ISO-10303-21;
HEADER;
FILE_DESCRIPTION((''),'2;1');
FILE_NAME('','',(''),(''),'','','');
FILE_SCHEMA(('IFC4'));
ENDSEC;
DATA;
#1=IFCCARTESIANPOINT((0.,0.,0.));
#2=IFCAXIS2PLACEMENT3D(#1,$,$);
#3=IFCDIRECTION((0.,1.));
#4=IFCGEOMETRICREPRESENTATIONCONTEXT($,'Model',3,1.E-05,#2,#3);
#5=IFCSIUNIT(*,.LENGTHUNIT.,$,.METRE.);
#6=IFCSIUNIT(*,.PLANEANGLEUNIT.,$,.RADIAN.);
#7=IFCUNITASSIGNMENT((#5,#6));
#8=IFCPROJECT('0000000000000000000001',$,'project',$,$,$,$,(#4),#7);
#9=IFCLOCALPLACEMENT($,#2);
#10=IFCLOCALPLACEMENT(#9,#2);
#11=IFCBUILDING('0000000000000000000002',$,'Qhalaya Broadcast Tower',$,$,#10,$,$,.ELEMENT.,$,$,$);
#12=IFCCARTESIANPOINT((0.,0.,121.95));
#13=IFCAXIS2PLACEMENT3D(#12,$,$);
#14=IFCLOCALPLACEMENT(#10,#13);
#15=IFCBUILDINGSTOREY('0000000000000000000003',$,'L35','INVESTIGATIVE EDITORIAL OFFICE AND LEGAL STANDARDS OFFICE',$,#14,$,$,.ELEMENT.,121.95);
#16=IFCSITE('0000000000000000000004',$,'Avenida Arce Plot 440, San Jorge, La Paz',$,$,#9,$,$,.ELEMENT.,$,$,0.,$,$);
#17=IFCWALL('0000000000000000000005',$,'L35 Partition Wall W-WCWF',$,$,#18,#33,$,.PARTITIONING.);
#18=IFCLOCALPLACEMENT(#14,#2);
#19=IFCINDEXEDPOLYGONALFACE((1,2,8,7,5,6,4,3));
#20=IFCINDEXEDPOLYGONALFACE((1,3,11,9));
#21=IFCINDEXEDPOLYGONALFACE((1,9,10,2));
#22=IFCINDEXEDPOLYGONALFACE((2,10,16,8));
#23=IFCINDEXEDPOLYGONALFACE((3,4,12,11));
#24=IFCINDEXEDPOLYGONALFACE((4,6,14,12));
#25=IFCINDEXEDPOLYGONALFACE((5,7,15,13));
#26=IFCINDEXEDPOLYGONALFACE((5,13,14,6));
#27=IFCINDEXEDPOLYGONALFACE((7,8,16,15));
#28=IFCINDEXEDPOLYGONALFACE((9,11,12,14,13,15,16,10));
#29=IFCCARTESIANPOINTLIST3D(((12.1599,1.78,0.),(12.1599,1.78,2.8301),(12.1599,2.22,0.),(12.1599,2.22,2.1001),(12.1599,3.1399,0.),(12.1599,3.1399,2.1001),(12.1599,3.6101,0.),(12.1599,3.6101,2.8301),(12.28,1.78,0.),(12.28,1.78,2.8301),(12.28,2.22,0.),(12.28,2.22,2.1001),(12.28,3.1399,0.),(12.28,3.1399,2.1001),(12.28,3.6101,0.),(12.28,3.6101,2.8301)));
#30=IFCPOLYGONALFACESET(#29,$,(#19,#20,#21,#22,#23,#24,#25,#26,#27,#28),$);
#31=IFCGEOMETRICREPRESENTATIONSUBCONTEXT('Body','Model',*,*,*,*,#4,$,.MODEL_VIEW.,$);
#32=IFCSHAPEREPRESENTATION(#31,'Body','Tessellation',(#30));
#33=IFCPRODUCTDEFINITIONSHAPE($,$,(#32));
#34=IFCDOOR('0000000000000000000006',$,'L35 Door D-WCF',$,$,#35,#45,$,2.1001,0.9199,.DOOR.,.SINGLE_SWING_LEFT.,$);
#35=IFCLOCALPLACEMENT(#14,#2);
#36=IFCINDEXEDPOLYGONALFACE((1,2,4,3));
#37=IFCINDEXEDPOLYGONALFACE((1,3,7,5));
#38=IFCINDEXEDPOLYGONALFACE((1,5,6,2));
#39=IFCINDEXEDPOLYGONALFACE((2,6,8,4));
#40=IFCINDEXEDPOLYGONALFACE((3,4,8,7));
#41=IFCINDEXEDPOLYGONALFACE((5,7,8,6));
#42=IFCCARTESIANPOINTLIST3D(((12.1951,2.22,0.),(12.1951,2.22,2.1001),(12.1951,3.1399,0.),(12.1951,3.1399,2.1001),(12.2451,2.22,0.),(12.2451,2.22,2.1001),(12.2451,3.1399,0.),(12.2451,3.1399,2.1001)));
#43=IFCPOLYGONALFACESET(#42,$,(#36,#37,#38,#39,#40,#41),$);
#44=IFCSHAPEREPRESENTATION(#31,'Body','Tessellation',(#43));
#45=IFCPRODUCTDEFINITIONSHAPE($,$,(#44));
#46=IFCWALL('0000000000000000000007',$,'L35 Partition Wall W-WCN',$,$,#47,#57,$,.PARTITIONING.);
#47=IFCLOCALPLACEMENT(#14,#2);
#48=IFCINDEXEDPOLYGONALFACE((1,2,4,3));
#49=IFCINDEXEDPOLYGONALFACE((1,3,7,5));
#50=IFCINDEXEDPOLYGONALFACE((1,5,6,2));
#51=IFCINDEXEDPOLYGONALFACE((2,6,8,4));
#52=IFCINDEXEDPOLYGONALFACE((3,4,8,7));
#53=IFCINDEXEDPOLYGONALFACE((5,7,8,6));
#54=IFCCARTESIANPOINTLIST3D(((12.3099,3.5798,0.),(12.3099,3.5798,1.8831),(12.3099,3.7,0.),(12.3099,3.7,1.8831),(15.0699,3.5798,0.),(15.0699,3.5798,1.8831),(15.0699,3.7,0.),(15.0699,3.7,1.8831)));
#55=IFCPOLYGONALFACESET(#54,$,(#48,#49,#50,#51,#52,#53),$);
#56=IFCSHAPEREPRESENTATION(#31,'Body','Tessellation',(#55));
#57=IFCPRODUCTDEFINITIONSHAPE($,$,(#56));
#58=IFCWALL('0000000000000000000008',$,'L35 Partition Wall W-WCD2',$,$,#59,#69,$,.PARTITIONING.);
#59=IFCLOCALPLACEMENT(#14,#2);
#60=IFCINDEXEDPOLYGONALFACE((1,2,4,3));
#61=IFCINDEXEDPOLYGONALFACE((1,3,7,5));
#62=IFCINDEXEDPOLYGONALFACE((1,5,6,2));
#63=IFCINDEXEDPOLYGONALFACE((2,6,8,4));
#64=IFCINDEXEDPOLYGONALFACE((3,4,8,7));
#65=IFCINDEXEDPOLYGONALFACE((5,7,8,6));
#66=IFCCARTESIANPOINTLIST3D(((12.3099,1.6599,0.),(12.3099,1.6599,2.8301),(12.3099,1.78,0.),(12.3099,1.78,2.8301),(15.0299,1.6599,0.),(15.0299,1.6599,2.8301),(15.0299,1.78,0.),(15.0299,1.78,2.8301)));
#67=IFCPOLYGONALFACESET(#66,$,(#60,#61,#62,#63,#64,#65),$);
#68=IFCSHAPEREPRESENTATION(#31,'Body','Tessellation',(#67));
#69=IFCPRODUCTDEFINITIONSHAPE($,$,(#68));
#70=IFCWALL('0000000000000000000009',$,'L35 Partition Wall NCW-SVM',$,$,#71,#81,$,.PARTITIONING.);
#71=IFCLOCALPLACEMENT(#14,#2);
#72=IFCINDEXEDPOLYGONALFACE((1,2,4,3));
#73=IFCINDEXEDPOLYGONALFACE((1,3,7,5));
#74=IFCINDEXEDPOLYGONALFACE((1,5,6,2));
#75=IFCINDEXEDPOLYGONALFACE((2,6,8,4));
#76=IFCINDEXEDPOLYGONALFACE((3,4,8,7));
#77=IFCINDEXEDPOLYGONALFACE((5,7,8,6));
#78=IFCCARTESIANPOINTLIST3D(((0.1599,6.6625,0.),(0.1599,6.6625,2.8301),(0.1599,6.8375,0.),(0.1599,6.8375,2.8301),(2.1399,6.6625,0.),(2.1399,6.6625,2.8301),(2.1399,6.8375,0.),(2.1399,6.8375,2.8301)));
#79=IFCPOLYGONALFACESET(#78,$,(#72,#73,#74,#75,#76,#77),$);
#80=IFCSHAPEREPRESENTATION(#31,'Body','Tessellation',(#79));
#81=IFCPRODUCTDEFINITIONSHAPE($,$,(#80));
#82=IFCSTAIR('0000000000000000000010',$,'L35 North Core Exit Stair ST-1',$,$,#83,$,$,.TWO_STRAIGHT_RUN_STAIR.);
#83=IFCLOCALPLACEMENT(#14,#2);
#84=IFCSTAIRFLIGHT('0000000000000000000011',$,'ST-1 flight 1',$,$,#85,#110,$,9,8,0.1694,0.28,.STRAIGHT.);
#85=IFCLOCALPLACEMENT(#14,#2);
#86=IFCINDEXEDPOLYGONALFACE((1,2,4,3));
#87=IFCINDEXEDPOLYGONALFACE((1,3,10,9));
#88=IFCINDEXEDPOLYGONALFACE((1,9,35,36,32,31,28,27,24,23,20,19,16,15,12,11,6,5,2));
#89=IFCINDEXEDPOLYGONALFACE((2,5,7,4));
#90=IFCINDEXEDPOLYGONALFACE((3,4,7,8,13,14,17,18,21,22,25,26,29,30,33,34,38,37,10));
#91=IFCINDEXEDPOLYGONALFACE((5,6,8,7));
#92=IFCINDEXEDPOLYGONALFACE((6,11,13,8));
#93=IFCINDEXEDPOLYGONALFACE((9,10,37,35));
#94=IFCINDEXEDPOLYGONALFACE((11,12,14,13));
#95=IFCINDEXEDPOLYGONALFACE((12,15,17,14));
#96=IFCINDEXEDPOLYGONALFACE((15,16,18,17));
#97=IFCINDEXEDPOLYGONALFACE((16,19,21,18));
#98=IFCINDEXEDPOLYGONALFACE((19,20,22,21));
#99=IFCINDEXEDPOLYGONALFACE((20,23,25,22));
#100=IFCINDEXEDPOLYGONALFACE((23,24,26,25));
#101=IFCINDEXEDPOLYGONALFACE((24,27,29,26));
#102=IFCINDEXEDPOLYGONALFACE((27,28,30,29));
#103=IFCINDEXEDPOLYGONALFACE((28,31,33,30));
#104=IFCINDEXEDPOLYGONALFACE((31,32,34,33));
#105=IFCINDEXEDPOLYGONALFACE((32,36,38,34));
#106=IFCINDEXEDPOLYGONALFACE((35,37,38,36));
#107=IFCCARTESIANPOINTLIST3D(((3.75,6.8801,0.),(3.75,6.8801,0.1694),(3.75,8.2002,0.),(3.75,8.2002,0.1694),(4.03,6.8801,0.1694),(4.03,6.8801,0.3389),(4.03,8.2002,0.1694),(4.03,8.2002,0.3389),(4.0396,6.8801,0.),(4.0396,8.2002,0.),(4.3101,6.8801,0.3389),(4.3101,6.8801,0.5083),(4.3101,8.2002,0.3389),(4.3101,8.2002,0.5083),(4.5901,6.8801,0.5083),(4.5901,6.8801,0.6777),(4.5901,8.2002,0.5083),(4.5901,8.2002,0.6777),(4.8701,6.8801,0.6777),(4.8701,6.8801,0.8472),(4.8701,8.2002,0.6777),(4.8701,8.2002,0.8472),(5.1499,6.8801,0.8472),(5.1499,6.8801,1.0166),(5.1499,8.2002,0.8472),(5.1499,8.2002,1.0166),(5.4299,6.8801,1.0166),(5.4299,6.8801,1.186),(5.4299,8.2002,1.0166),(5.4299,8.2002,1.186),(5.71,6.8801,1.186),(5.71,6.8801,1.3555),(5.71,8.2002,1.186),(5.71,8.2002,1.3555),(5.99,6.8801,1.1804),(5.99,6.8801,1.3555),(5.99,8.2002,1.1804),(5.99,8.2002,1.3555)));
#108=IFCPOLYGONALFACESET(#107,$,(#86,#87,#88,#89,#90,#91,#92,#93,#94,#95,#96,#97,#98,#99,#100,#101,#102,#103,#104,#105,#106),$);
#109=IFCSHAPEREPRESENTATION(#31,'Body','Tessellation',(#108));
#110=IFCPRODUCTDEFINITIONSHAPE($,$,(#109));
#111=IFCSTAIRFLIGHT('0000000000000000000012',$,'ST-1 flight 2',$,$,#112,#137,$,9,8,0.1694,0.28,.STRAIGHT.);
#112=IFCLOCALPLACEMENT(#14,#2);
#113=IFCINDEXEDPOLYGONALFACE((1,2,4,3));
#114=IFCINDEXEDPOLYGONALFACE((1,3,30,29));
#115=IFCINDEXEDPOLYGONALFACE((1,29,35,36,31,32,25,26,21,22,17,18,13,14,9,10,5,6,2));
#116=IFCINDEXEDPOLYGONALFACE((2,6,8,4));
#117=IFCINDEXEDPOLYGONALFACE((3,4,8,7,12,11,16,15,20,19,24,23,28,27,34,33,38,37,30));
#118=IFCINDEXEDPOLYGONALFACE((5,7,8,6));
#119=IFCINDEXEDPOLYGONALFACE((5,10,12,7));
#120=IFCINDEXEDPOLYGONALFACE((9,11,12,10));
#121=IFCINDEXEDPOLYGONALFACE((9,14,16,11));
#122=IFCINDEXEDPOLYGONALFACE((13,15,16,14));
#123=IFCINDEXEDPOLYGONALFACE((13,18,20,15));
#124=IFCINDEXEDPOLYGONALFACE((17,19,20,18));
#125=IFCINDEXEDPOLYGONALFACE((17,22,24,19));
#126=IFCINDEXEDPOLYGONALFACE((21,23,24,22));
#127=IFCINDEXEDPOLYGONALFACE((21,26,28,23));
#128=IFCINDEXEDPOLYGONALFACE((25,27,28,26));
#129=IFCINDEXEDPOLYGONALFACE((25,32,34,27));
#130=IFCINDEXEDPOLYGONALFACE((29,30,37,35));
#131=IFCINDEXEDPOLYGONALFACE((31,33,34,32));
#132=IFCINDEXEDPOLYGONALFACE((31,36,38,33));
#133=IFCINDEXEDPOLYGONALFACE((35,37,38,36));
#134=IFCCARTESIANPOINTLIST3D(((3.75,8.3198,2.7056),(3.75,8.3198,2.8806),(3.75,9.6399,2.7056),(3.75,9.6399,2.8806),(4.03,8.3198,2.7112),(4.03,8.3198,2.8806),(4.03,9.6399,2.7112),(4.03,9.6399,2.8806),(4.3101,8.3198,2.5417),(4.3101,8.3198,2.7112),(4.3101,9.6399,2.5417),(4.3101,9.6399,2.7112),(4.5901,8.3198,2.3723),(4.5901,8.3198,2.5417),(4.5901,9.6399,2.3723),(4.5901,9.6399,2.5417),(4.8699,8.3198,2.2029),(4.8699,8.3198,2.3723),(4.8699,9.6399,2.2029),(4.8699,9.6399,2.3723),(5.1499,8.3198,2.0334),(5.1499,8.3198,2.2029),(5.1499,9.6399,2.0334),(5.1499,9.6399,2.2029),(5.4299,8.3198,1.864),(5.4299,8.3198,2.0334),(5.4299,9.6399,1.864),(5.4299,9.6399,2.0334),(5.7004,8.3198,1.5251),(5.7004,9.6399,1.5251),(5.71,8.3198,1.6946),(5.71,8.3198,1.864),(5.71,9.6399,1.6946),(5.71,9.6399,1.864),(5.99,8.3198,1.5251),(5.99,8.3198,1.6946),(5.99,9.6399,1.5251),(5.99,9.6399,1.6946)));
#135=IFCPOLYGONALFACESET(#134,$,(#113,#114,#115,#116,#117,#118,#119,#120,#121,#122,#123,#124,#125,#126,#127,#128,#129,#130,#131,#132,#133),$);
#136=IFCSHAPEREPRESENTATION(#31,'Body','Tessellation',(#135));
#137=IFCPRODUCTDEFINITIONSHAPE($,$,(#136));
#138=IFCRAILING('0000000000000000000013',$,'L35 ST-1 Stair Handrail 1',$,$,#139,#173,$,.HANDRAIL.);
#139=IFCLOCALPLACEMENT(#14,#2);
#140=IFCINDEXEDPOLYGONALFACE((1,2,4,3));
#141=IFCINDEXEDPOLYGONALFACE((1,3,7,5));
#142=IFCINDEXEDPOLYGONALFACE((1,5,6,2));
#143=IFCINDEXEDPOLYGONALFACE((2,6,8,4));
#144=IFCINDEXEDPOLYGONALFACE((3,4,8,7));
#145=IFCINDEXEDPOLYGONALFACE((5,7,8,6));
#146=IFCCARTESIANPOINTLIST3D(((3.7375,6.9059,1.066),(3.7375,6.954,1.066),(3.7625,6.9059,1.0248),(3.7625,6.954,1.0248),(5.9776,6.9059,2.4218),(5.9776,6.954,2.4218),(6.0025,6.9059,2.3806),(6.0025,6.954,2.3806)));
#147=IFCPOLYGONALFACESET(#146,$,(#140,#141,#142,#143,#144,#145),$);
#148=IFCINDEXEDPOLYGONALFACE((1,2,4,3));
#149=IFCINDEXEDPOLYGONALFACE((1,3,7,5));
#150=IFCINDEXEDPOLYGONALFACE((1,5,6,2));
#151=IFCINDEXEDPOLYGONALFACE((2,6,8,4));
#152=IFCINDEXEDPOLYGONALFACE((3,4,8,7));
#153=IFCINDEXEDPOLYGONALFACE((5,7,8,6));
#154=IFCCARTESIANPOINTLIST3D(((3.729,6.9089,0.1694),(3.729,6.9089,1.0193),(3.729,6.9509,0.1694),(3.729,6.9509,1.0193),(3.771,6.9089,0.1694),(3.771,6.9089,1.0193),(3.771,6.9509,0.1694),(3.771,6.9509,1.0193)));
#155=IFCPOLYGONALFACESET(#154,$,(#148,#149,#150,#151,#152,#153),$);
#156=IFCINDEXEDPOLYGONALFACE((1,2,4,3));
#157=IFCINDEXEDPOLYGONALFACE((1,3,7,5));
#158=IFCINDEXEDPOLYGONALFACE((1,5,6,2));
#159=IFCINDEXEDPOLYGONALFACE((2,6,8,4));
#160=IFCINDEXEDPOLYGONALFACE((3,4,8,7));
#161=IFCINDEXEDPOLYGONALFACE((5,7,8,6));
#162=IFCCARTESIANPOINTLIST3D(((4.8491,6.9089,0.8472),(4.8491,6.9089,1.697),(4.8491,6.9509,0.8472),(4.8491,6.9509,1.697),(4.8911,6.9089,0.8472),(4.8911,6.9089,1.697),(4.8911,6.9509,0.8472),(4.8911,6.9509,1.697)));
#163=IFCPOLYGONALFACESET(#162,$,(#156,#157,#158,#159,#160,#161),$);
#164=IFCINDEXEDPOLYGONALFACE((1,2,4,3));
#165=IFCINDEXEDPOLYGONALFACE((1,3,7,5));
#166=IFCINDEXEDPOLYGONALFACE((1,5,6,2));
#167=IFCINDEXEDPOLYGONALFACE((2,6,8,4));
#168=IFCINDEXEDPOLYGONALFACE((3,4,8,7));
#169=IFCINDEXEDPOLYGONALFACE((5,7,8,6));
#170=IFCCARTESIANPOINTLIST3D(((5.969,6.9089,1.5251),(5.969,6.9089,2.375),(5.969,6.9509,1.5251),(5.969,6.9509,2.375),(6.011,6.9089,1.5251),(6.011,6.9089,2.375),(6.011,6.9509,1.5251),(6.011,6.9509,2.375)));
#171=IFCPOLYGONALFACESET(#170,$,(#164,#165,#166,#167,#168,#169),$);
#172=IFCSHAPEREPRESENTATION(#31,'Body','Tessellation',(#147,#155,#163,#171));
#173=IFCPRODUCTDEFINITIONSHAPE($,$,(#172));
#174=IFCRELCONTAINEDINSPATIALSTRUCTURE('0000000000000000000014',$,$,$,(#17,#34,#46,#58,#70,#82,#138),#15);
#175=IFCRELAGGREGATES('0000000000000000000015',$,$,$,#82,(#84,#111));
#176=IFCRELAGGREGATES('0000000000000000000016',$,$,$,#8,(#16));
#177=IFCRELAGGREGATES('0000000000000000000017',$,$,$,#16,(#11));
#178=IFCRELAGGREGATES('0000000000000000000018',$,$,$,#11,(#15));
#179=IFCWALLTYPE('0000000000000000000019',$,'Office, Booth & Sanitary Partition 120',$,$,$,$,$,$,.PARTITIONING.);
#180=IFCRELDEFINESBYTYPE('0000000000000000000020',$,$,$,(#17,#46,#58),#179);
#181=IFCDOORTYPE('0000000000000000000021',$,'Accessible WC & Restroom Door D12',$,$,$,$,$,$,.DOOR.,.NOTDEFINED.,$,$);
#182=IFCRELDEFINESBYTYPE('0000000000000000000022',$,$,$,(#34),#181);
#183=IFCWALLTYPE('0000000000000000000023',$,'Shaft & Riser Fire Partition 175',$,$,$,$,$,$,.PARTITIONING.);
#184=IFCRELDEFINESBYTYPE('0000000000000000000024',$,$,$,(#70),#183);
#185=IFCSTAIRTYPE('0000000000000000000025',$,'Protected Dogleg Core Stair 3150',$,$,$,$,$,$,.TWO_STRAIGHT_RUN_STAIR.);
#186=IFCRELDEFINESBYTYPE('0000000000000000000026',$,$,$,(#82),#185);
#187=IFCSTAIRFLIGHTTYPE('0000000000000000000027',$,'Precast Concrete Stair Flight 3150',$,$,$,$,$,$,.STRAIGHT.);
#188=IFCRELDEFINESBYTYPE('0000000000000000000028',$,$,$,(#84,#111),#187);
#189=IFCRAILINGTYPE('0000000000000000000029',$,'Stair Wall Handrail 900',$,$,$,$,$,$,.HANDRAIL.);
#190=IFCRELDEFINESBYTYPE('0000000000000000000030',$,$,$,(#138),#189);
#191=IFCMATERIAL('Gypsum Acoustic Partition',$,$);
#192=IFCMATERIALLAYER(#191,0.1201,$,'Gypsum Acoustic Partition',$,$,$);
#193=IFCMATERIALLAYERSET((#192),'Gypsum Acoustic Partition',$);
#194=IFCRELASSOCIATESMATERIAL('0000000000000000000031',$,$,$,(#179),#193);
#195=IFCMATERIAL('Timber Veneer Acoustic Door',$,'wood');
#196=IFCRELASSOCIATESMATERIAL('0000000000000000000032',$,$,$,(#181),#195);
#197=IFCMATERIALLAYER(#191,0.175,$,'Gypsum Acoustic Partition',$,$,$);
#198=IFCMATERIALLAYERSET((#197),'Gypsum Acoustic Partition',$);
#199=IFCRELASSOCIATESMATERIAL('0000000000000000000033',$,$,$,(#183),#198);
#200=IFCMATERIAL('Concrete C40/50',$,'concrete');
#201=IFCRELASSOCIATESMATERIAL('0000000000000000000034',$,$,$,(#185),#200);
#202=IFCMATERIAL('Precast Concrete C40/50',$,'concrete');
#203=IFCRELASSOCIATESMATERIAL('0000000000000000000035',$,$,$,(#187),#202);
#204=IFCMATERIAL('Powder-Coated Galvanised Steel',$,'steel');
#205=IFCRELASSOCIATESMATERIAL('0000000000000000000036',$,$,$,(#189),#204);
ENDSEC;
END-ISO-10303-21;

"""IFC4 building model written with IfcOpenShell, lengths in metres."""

from ifc_helpers import new_model, si_unit, direction, frame, frame_2d, origin, origin_2d, place, context, subcontext, project, spatial, polyline, rectangle, outline, extrude, material, layer, layer_set, type_object, element, fill, aggregate, save


model = new_model("IFC4")

# Units and contexts
model_context = context("Model", 3, precision=1e-05, world=origin(), true_north=direction((0.0, 1.0)))
body_context = subcontext(model_context, "Body", "Model", "MODEL_VIEW")
ifc_project = project(units=[si_unit("LENGTHUNIT", "METRE"), si_unit("PLANEANGLEUNIT", "RADIAN")], contexts=[model_context])

# Site, building, storey
site_placement = place(None, origin())
site = spatial("IfcSite", under=ifc_project, at=site_placement, Name="Avenida Arce Plot 440, San Jorge, La Paz", CompositionType="ELEMENT", RefElevation=0.0)
building_placement = place(site_placement, origin())
building = spatial("IfcBuilding", under=site, at=building_placement, Name="Qhalaya Broadcast Tower", CompositionType="ELEMENT")
storey_placement = place(building_placement, frame((0.0, 0.0, 121.95)))
storey = spatial("IfcBuildingStorey", under=building, at=storey_placement, Name="L35", Description="INVESTIGATIVE EDITORIAL OFFICE AND LEGAL STANDARDS OFFICE", CompositionType="ELEMENT", Elevation=121.95)

# Shared definitions
ifc_material_1 = material(Name="Gypsum Acoustic Partition")
ifc_material_2 = material(Name="Timber Veneer Acoustic Door", Category="wood")

# Shared definitions
ifc_material_3 = material(Name="Precast Concrete C40/50", Category="concrete")

# Wall, opening, door
ifc_layer_1 = layer(ifc_material_1, 0.1201, Name="Gypsum Acoustic Partition")
ifc_layer_set_1 = layer_set([ifc_layer_1], Name="Gypsum Acoustic Partition")
wall_type_1 = type_object("IfcWallType", Name="Office, Booth & Sanitary Partition 120", PredefinedType="PARTITIONING", material=ifc_layer_set_1)
wall_1_placement = place(storey_placement, frame((12.22, 1.78, 0.0), z_axis=(0.0, 0.0, 1.0), x_axis=(0.0, 1.0, 0.0)))
wall_1 = element("IfcWall", 1, at=wall_1_placement, inside=storey, type_object=wall_type_1, Name="L35 Partition Wall W-WCWF", PredefinedType="PARTITIONING", context=body_context, shape_type="SweptSolid", body=[
    extrude(rectangle(XDim=1.8301, YDim=0.1201, at=frame_2d((0.915, 0.0))), origin(), (0.0, 0.0, 1.0), 2.8301),
])
opening_1_placement = place(wall_1_placement, frame((0.4399, 0.0, 0.0)))
opening_1 = element("IfcOpeningElement", 2, at=opening_1_placement, cuts=wall_1, PredefinedType="OPENING", context=body_context, shape_type="SweptSolid", body=[
    extrude(rectangle(XDim=0.9199, YDim=2.1001, at=frame_2d((0.46, 1.05))), frame((0.0, 0.072, 0.0), z_axis=(0.0, -1.0, 0.0), x_axis=(1.0, 0.0, 0.0)), (0.0, 0.0, 1.0), 0.144),
])
door_type_1 = type_object("IfcDoorType", Name="Accessible WC & Restroom Door D12", OperationType="NOTDEFINED", PredefinedType="DOOR", material=ifc_material_2)
door_1_placement = place(opening_1_placement, origin())
door_1 = element("IfcDoor", 3, at=door_1_placement, inside=storey, type_object=door_type_1, Name="L35 Door D-WCF", OperationType="SINGLE_SWING_LEFT", OverallHeight=2.1001, OverallWidth=0.9199, PredefinedType="DOOR", context=body_context, shape_type="SweptSolid", body=[
    extrude(rectangle(XDim=0.9199, YDim=2.1001, at=frame_2d((0.46, 1.05))), frame((0.0, 0.0249, 0.0), z_axis=(0.0, -1.0, 0.0), x_axis=(1.0, 0.0, 0.0)), (0.0, 0.0, 1.0), 0.05),
])
fill(opening_1, door_1)

# Walls
wall_2_placement = place(storey_placement, frame((12.3101, 3.6399, 0.0), z_axis=(0.0, 0.0, 1.0), x_axis=(1.0, 0.0, 0.0)))
element("IfcWall", 4, at=wall_2_placement, inside=storey, type_object=wall_type_1, Name="L35 Partition Wall W-WCN", PredefinedType="PARTITIONING", context=body_context, shape_type="SweptSolid", body=[
    extrude(rectangle(XDim=2.76, YDim=0.1201, at=frame_2d((1.3799, 0.0))), origin(), (0.0, 0.0, 1.0), 1.8831),
])
wall_3_placement = place(storey_placement, frame((12.3101, 1.72, 0.0), z_axis=(0.0, 0.0, 1.0), x_axis=(1.0, 0.0, 0.0)))
element("IfcWall", 5, at=wall_3_placement, inside=storey, type_object=wall_type_1, Name="L35 Partition Wall W-WCD2", PredefinedType="PARTITIONING", context=body_context, shape_type="SweptSolid", body=[
    extrude(rectangle(XDim=2.72, YDim=0.1201, at=frame_2d((1.3599, 0.0))), origin(), (0.0, 0.0, 1.0), 2.8301),
])
ifc_layer_2 = layer(ifc_material_1, 0.175, Name="Gypsum Acoustic Partition")
ifc_layer_set_2 = layer_set([ifc_layer_2], Name="Gypsum Acoustic Partition")
wall_type_2 = type_object("IfcWallType", Name="Shaft & Riser Fire Partition 175", PredefinedType="PARTITIONING", material=ifc_layer_set_2)
wall_4_placement = place(storey_placement, frame((0.1599, 6.75, 0.0), z_axis=(0.0, 0.0, 1.0), x_axis=(1.0, 0.0, 0.0)))
element("IfcWall", 6, at=wall_4_placement, inside=storey, type_object=wall_type_2, Name="L35 Partition Wall NCW-SVM", PredefinedType="PARTITIONING", context=body_context, shape_type="SweptSolid", body=[
    extrude(rectangle(XDim=1.98, YDim=0.175, at=frame_2d((0.99, 0.0))), origin(), (0.0, 0.0, 1.0), 2.8301),
])

# Stair, stair flights
ifc_material_4 = material(Name="Concrete C40/50", Category="concrete")
stair_type = type_object("IfcStairType", Name="Protected Dogleg Core Stair 3150", PredefinedType="TWO_STRAIGHT_RUN_STAIR", material=ifc_material_4)
stair_placement = place(storey_placement, origin())
stair = element("IfcStair", 7, at=stair_placement, inside=storey, type_object=stair_type, Name="L35 North Core Exit Stair ST-1", PredefinedType="TWO_STRAIGHT_RUN_STAIR")
stair_flight_type = type_object("IfcStairFlightType", Name="Precast Concrete Stair Flight 3150", PredefinedType="STRAIGHT", material=ifc_material_3)
stair_flight_1_placement = place(storey_placement, frame((3.75, 7.54, 0.0), z_axis=(0.0, 0.0, 1.0), x_axis=(1.0, 0.0, 0.0)))
stair_flight_1 = element("IfcStairFlight", 8, at=stair_flight_1_placement, type_object=stair_flight_type, Name="ST-1 flight 1", NumberOfRisers=9, NumberOfTreads=8, PredefinedType="STRAIGHT", RiserHeight=0.1694, TreadLength=0.28, context=body_context, shape_type="SweptSolid", body=[
    extrude(outline(polyline([(0.0, 0.0), (0.0, 0.1694), (0.28, 0.1694), (0.28, 0.3389), (0.5601, 0.3389), (0.5601, 0.5083), (0.8401, 0.5083), (0.8401, 0.6777), (1.1201, 0.6777), (1.1201, 0.8472), (1.3999, 0.8472), (1.3999, 1.0166), (1.6799, 1.0166), (1.6799, 1.186), (1.96, 1.186), (1.96, 1.3555), (2.24, 1.3555), (2.24, 1.5249), (2.24, 1.1804), (0.2896, 0.0), (0.0, 0.0)])), frame((0.0, 0.6602, 0.0), z_axis=(0.0, -1.0, 0.0), x_axis=(1.0, 0.0, 0.0)), (0.0, 0.0, 1.0), 1.3201),
])
stair_flight_2_placement = place(storey_placement, frame((5.99, 8.98, 1.5251), z_axis=(0.0, 0.0, 1.0), x_axis=(-1.0, 0.0, 0.0)))
stair_flight_2 = element("IfcStairFlight", 9, at=stair_flight_2_placement, type_object=stair_flight_type, Name="ST-1 flight 2", NumberOfRisers=9, NumberOfTreads=8, PredefinedType="STRAIGHT", RiserHeight=0.1694, TreadLength=0.28, context=body_context, shape_type="SweptSolid", body=[
    extrude(outline(polyline([(0.0, 0.0), (0.0, 0.1694), (0.28, 0.1694), (0.28, 0.3389), (0.5601, 0.3389), (0.5601, 0.5083), (0.8401, 0.5083), (0.8401, 0.6777), (1.1201, 0.6777), (1.1201, 0.8472), (1.3999, 0.8472), (1.3999, 1.0166), (1.6799, 1.0166), (1.6799, 1.186), (1.96, 1.186), (1.96, 1.3555), (2.24, 1.3555), (2.24, 1.5249), (2.24, 1.1804), (0.2896, 0.0), (0.0, 0.0)])), frame((0.0, 0.6602, 0.0), z_axis=(0.0, -1.0, 0.0), x_axis=(1.0, 0.0, 0.0)), (0.0, 0.0, 1.0), 1.3201),
])
aggregate(stair, [stair_flight_1, stair_flight_2])

# Railing
ifc_material_5 = material(Name="Powder-Coated Galvanised Steel", Category="steel")
railing_type_1 = type_object("IfcRailingType", Name="Stair Wall Handrail 900", PredefinedType="HANDRAIL", material=ifc_material_5)
railing_1_placement = place(storey_placement, frame((3.75, 6.9299, 0.1694)))
element("IfcRailing", 10, at=railing_1_placement, inside=storey, type_object=railing_type_1, Name="L35 ST-1 Stair Handrail 1", PredefinedType="HANDRAIL", context=body_context, shape_type="SweptSolid", body=[
    extrude(rectangle(XDim=0.0481, YDim=0.0481, at=origin_2d()), frame((0.0, 0.0, 0.876), z_axis=(0.855512, 0.0, 0.517783), x_axis=(0.0, 1.0, 0.0)), (0.0, 0.0, 1.0), 2.6184),
    extrude(rectangle(XDim=0.042, YDim=0.042, at=origin_2d()), origin(), (0.0, 0.0, 1.0), 0.8499),
    extrude(rectangle(XDim=0.042, YDim=0.042, at=origin_2d()), frame((1.1201, 0.0, 0.6777)), (0.0, 0.0, 1.0), 0.8499),
    extrude(rectangle(XDim=0.042, YDim=0.042, at=origin_2d()), frame((2.24, 0.0, 1.3557)), (0.0, 0.0, 1.0), 0.8499),
])

save(model, "model.ifc")
